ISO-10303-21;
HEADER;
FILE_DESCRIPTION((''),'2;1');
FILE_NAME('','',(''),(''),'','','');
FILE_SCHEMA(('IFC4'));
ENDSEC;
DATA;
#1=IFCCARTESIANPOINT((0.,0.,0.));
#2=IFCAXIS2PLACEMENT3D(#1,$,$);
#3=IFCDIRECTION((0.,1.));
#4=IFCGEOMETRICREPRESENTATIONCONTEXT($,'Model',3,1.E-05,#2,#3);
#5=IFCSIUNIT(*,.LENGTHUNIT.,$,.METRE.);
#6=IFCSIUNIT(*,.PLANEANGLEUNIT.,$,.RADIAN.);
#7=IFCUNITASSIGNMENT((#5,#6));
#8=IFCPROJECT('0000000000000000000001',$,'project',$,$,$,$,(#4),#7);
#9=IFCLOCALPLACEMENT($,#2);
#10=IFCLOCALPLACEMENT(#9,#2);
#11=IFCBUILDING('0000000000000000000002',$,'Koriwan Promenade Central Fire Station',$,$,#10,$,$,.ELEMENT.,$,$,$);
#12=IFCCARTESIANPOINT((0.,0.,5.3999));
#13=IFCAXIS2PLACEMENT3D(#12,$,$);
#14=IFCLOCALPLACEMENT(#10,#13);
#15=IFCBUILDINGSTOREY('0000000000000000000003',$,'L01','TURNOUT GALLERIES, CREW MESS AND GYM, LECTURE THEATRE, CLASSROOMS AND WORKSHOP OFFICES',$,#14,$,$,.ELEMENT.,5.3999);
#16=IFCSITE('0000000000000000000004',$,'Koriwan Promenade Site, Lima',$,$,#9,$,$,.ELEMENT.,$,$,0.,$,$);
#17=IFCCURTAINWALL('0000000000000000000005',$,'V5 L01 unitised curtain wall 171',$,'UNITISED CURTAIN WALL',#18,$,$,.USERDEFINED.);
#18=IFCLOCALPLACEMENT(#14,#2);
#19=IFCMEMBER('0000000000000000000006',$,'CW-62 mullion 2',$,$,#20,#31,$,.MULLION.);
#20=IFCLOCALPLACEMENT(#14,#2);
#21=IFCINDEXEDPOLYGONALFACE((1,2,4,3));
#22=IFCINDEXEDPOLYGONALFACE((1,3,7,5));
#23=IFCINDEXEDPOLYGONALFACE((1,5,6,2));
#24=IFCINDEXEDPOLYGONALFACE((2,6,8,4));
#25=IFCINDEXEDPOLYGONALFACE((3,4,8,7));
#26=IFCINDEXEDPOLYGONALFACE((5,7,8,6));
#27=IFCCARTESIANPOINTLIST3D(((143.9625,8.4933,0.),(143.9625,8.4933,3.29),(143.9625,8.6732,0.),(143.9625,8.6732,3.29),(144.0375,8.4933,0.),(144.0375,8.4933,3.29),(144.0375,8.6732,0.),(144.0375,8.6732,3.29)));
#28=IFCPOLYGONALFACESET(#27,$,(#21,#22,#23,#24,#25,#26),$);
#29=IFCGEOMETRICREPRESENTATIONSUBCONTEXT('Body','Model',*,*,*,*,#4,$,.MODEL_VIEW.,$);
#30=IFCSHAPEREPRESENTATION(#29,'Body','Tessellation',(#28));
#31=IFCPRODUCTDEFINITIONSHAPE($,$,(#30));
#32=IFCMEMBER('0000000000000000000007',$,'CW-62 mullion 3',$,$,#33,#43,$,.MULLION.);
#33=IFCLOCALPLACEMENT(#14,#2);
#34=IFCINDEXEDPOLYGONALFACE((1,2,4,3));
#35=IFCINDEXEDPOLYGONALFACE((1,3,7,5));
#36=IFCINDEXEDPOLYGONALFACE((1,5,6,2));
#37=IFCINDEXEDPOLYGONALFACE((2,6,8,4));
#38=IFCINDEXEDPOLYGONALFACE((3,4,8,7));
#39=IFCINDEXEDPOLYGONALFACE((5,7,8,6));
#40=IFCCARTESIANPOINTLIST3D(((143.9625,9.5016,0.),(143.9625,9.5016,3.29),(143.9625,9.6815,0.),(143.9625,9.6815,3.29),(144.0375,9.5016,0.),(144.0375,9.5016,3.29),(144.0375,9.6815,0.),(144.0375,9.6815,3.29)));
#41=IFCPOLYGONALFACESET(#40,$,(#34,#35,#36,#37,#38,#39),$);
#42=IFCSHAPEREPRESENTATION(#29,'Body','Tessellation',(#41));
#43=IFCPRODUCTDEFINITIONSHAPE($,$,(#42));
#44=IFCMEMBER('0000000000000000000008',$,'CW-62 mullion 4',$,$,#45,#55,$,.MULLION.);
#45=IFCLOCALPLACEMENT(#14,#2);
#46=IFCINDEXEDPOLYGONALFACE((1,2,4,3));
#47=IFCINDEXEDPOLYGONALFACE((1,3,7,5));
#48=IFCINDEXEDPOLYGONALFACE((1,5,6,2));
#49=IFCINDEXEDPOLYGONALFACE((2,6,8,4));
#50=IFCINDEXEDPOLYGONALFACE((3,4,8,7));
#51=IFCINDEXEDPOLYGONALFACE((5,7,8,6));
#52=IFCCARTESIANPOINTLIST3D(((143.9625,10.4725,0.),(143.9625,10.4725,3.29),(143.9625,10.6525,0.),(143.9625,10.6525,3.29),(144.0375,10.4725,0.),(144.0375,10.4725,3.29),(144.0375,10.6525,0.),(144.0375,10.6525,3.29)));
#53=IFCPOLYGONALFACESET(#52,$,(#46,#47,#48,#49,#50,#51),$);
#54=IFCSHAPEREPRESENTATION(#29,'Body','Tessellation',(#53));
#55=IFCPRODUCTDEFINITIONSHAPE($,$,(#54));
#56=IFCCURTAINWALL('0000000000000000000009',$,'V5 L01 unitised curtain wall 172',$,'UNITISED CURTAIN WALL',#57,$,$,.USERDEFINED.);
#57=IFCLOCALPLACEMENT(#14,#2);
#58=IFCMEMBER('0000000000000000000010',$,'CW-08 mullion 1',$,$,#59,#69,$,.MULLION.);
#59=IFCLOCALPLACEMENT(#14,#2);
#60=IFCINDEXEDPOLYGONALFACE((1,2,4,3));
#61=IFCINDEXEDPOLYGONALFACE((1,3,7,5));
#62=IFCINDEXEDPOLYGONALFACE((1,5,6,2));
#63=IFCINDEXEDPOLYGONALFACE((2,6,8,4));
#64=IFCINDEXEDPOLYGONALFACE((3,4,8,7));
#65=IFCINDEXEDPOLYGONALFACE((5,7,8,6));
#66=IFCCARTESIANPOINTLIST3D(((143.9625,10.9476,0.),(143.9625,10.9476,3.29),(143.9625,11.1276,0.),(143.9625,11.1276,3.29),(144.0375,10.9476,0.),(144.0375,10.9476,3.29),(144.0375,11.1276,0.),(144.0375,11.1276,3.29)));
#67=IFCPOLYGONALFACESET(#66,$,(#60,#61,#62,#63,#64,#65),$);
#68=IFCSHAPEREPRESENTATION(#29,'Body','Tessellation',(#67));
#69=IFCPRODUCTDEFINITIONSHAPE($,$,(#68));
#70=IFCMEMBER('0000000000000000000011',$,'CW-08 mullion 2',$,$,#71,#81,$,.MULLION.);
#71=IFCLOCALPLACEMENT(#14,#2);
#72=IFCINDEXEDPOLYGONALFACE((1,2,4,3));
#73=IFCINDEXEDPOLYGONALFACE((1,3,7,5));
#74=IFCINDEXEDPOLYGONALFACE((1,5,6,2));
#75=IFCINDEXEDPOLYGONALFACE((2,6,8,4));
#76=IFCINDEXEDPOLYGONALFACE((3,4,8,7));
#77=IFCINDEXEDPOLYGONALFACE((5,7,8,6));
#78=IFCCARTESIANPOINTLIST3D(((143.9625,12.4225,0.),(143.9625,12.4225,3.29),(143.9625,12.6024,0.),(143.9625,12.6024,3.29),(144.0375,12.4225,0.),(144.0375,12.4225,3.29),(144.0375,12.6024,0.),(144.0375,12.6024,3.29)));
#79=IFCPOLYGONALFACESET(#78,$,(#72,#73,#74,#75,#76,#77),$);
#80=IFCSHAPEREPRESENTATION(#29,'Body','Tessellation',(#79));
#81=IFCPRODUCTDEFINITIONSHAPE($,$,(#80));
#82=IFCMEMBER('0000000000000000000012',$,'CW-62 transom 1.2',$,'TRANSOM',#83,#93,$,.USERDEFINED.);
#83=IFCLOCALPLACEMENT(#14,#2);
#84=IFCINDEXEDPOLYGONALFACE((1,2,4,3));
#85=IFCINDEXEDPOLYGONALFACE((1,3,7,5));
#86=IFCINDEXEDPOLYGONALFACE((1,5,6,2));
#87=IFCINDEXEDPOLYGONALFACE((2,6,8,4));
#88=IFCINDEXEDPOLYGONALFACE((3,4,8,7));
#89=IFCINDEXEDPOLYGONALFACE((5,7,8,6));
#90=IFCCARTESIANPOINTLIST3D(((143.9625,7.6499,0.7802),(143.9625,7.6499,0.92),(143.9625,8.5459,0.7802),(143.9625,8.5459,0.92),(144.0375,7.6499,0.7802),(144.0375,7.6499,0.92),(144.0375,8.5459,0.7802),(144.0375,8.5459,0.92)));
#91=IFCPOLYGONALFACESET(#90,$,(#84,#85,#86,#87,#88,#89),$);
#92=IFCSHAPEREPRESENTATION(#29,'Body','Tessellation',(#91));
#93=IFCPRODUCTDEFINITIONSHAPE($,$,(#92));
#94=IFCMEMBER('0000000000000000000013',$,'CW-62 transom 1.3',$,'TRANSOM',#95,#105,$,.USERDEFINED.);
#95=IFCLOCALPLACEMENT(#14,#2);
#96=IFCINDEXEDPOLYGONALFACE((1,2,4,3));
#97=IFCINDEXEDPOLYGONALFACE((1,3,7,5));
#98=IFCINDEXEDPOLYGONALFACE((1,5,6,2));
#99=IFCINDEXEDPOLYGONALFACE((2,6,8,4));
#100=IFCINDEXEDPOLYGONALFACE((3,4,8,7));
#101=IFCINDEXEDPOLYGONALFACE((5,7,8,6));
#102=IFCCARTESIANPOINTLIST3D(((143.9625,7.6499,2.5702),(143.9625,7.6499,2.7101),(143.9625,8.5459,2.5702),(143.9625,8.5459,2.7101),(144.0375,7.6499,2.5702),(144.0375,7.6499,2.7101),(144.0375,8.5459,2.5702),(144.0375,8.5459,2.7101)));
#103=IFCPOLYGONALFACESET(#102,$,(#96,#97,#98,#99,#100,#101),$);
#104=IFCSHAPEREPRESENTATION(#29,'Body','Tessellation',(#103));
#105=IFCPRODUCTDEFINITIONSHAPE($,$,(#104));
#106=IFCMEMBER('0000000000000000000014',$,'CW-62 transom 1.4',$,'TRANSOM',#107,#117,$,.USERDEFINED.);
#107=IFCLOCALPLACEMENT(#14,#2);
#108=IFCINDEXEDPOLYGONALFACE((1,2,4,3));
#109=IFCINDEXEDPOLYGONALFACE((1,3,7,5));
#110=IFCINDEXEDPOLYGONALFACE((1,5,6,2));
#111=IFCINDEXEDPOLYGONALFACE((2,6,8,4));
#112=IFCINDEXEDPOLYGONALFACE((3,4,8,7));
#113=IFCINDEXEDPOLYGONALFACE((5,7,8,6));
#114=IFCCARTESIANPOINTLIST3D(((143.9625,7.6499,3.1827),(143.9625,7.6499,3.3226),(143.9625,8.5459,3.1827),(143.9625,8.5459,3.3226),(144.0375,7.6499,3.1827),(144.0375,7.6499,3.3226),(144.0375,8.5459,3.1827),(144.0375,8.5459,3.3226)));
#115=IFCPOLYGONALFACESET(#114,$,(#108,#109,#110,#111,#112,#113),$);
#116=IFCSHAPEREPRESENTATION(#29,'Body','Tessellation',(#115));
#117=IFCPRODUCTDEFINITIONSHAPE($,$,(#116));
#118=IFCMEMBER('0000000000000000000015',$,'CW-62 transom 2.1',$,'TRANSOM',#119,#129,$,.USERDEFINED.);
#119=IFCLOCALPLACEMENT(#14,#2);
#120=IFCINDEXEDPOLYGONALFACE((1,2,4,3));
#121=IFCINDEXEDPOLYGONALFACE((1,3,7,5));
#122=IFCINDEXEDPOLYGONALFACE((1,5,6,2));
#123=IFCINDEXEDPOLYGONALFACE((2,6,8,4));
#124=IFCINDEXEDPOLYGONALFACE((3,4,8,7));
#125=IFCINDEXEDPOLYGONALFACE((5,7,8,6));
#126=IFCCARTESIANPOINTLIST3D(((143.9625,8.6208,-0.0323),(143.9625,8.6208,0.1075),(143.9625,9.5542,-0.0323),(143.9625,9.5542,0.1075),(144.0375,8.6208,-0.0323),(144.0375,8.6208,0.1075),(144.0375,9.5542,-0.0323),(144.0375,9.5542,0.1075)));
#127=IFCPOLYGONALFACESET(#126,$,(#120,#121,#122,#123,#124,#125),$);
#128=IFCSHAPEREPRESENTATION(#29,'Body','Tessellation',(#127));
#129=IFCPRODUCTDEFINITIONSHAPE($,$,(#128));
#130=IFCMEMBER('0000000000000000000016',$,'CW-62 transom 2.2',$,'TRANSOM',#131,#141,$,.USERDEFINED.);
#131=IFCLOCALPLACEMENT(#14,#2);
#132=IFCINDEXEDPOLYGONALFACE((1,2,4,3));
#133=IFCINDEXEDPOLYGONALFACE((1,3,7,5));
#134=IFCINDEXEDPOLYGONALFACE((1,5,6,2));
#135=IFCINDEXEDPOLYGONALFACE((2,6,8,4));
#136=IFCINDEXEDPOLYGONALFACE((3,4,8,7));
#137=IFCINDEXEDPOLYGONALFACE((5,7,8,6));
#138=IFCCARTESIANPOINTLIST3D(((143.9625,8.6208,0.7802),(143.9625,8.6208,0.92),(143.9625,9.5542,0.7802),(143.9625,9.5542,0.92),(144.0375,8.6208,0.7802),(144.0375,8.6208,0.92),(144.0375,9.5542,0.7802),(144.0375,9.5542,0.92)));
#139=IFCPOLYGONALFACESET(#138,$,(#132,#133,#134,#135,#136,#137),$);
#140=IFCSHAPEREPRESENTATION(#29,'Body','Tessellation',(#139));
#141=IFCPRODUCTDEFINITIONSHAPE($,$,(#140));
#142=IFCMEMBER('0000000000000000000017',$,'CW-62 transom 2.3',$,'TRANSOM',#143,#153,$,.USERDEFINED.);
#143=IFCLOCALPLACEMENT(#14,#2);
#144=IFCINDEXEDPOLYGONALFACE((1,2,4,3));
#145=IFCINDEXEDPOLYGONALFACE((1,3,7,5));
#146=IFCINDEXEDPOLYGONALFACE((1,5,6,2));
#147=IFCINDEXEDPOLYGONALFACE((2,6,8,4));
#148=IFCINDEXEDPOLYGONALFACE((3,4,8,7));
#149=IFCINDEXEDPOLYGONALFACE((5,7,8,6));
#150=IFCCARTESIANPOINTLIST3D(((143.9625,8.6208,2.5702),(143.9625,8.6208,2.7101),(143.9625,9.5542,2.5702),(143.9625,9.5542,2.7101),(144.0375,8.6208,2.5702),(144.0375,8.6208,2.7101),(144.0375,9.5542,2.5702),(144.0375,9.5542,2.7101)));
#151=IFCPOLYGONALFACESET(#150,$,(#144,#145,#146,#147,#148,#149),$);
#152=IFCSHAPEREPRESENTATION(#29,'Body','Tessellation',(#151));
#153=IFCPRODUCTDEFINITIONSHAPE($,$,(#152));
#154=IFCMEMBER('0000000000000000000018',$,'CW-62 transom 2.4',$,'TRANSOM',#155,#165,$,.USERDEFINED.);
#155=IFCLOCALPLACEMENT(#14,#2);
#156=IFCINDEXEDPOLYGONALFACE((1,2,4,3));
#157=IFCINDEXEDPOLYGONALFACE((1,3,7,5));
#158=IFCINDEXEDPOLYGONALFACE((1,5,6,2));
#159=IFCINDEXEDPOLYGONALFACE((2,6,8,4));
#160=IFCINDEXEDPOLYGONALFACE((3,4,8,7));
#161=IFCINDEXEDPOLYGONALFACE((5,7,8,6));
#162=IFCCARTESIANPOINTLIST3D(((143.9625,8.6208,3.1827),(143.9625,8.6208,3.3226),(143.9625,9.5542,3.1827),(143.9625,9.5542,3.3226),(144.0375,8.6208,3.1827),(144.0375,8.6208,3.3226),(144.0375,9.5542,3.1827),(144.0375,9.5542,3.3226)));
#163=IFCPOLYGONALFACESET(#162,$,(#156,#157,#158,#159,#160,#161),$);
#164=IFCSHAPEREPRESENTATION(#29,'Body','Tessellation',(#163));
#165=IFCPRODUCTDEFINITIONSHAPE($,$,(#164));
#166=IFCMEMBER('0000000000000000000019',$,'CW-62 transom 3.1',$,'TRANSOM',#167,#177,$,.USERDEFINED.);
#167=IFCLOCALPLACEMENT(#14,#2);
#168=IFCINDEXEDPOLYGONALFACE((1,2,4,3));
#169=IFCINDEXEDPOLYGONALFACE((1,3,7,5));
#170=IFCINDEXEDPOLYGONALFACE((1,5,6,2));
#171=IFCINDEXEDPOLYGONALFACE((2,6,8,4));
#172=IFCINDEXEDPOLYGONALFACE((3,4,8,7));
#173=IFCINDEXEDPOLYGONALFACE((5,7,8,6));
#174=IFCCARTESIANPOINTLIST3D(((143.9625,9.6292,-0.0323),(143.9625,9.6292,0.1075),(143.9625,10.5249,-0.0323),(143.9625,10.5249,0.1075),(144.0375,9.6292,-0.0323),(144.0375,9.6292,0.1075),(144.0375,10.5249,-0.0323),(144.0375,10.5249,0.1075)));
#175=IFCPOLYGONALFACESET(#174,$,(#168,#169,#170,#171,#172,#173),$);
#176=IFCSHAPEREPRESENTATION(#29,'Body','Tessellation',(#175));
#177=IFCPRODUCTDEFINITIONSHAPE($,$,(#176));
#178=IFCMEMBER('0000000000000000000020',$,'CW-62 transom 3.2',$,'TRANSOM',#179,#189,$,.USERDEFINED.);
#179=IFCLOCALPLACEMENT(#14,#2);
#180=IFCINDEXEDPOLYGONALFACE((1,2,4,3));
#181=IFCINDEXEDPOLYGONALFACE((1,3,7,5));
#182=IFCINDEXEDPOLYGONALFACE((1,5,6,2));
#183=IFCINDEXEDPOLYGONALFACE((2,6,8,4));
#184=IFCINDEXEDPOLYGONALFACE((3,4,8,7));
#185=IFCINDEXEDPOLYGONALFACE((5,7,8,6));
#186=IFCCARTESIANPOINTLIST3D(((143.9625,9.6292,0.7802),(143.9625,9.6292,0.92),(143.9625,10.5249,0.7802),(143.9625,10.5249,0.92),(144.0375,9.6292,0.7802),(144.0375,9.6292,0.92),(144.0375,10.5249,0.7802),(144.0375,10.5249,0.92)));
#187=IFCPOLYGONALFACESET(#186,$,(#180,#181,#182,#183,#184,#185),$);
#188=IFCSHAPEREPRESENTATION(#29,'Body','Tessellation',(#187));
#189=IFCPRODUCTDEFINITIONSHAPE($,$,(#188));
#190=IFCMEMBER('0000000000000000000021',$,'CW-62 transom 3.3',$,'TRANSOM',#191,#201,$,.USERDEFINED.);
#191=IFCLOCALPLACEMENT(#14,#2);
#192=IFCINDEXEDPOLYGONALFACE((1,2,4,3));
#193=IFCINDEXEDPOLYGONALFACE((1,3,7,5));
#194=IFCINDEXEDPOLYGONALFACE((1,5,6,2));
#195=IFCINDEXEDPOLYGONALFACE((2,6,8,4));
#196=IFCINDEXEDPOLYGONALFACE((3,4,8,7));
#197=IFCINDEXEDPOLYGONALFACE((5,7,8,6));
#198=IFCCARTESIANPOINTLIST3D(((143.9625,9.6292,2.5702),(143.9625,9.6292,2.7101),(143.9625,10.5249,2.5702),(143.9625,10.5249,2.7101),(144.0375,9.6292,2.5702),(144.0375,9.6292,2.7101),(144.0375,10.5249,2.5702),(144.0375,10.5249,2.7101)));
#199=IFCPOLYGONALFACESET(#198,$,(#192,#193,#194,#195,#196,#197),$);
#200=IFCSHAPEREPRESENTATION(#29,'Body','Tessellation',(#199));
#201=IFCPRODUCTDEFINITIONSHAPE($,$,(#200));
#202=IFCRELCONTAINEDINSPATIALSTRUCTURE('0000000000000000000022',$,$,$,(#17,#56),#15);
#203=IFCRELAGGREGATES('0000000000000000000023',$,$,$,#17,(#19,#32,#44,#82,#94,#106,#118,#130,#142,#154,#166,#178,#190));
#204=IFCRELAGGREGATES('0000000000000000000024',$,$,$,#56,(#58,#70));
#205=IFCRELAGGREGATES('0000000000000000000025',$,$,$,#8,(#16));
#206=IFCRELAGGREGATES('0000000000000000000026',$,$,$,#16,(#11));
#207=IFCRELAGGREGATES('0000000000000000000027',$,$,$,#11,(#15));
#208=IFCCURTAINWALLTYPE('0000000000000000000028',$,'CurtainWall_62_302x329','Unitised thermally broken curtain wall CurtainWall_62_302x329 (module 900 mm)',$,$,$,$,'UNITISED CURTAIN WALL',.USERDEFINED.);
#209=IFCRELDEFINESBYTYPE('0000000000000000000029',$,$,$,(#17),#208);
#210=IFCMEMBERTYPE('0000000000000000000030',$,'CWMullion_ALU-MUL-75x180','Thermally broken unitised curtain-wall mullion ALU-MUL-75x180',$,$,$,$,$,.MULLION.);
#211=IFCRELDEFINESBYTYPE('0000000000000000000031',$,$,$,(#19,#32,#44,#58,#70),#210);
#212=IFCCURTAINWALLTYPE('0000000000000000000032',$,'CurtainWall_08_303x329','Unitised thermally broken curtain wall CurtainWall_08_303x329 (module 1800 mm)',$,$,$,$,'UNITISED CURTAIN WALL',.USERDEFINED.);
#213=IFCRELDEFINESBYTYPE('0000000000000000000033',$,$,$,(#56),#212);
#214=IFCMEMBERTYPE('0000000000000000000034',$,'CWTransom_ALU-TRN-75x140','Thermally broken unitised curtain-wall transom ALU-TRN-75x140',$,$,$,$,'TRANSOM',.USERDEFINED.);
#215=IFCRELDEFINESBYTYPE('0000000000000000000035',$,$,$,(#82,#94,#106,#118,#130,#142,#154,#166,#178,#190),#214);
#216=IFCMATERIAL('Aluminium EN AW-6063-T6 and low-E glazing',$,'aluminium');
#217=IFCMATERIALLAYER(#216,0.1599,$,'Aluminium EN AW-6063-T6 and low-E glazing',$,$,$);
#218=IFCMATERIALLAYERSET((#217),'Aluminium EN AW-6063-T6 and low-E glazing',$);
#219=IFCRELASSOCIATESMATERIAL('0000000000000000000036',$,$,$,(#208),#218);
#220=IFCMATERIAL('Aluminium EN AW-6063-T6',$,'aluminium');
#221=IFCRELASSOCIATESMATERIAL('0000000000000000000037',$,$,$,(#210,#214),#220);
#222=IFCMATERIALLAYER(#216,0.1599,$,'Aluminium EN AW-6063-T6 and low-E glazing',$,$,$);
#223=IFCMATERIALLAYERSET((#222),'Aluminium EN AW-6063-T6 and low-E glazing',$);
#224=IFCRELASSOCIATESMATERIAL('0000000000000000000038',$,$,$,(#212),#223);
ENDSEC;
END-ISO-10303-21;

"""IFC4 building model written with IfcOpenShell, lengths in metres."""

from ifc_helpers import new_model, si_unit, direction, frame, origin, origin_2d, place, context, subcontext, project, spatial, rectangle, extrude, material, layer, layer_set, material_profile, profile_set, type_object, element, aggregate, save


model = new_model("IFC4")

# Units and contexts
model_context = context("Model", 3, precision=1e-05, world=origin(), true_north=direction((0.0, 1.0)))
body_context = subcontext(model_context, "Body", "Model", "MODEL_VIEW")
ifc_project = project(units=[si_unit("LENGTHUNIT", "METRE"), si_unit("PLANEANGLEUNIT", "RADIAN")], contexts=[model_context])

# Site, building, storey
site_placement = place(None, origin())
site = spatial("IfcSite", under=ifc_project, at=site_placement, Name="Koriwan Promenade Site, Lima", CompositionType="ELEMENT", RefElevation=0.0)
building_placement = place(site_placement, origin())
building = spatial("IfcBuilding", under=site, at=building_placement, Name="Koriwan Promenade Central Fire Station", CompositionType="ELEMENT")
storey_placement = place(building_placement, frame((0.0, 0.0, 5.3999)))
storey = spatial("IfcBuildingStorey", under=building, at=storey_placement, Name="L01", Description="TURNOUT GALLERIES, CREW MESS AND GYM, LECTURE THEATRE, CLASSROOMS AND WORKSHOP OFFICES", CompositionType="ELEMENT", Elevation=5.3999)

# Curtain walls, members
ifc_material_1 = material(Name="Aluminium EN AW-6063-T6 and low-E glazing", Category="aluminium")
ifc_layer_1 = layer(ifc_material_1, 0.1599, Name="Aluminium EN AW-6063-T6 and low-E glazing")
ifc_layer_set_1 = layer_set([ifc_layer_1], Name="Aluminium EN AW-6063-T6 and low-E glazing")
curtain_wall_type_1 = type_object("IfcCurtainWallType", Name="CurtainWall_62_302x329", Description="Unitised thermally broken curtain wall CurtainWall_62_302x329 (module 900 mm)", ElementType="UNITISED CURTAIN WALL", PredefinedType="USERDEFINED", material=ifc_layer_set_1)
curtain_wall_1_placement = place(storey_placement, origin())
curtain_wall_1 = element("IfcCurtainWall", 1, at=curtain_wall_1_placement, inside=storey, type_object=curtain_wall_type_1, Name="V5 L01 unitised curtain wall 171", ObjectType="UNITISED CURTAIN WALL", PredefinedType="USERDEFINED")
ifc_material_2 = material(Name="Aluminium EN AW-6063-T6", Category="aluminium")
ifc_material_profile_1 = material_profile(ifc_material_2, rectangle(XDim=0.075, YDim=0.1799, at=origin_2d()), Name="ALU-MUL-75x180")
ifc_profile_set_1 = profile_set([ifc_material_profile_1], Name="Aluminium EN AW-6063-T6")
member_type_1 = type_object("IfcMemberType", Name="CWMullion_ALU-MUL-75x180", Description="Thermally broken unitised curtain-wall mullion ALU-MUL-75x180", PredefinedType="MULLION", material=ifc_profile_set_1)
member_1_placement = place(storey_placement, frame((144.0, 8.5833, 0.0), z_axis=(0.0, 0.0, 1.0), x_axis=(-1.0, 0.0, 0.0)))
member_1 = element("IfcMember", 2, at=member_1_placement, type_object=member_type_1, Name="CW-62 mullion 2", PredefinedType="MULLION", context=body_context, shape_type="SweptSolid", body=[
    extrude(rectangle(XDim=0.075, YDim=0.1799, at=origin_2d()), origin(), (0.0, 0.0, 1.0), 3.29),
])
member_2_placement = place(storey_placement, frame((144.0, 9.5916, 0.0), z_axis=(0.0, 0.0, 1.0), x_axis=(-1.0, 0.0, 0.0)))
member_2 = element("IfcMember", 3, at=member_2_placement, type_object=member_type_1, Name="CW-62 mullion 3", PredefinedType="MULLION", context=body_context, shape_type="SweptSolid", body=[
    extrude(rectangle(XDim=0.075, YDim=0.1799, at=origin_2d()), origin(), (0.0, 0.0, 1.0), 3.29),
])
member_3_placement = place(storey_placement, frame((144.0, 10.5625, 0.0), z_axis=(0.0, 0.0, 1.0), x_axis=(-1.0, 0.0, 0.0)))
member_3 = element("IfcMember", 4, at=member_3_placement, type_object=member_type_1, Name="CW-62 mullion 4", PredefinedType="MULLION", context=body_context, shape_type="SweptSolid", body=[
    extrude(rectangle(XDim=0.075, YDim=0.1799, at=origin_2d()), origin(), (0.0, 0.0, 1.0), 3.29),
])
ifc_layer_2 = layer(ifc_material_1, 0.1599, Name="Aluminium EN AW-6063-T6 and low-E glazing")
ifc_layer_set_2 = layer_set([ifc_layer_2], Name="Aluminium EN AW-6063-T6 and low-E glazing")
curtain_wall_type_2 = type_object("IfcCurtainWallType", Name="CurtainWall_08_303x329", Description="Unitised thermally broken curtain wall CurtainWall_08_303x329 (module 1800 mm)", ElementType="UNITISED CURTAIN WALL", PredefinedType="USERDEFINED", material=ifc_layer_set_2)
curtain_wall_2_placement = place(storey_placement, origin())
curtain_wall_2 = element("IfcCurtainWall", 5, at=curtain_wall_2_placement, inside=storey, type_object=curtain_wall_type_2, Name="V5 L01 unitised curtain wall 172", ObjectType="UNITISED CURTAIN WALL", PredefinedType="USERDEFINED")
member_4_placement = place(storey_placement, frame((144.0, 11.0376, 0.0), z_axis=(0.0, 0.0, 1.0), x_axis=(-1.0, 0.0, 0.0)))
member_4 = element("IfcMember", 6, at=member_4_placement, type_object=member_type_1, Name="CW-08 mullion 1", PredefinedType="MULLION", context=body_context, shape_type="SweptSolid", body=[
    extrude(rectangle(XDim=0.075, YDim=0.1799, at=origin_2d()), origin(), (0.0, 0.0, 1.0), 3.29),
])
member_5_placement = place(storey_placement, frame((144.0, 12.5125, 0.0), z_axis=(0.0, 0.0, 1.0), x_axis=(-1.0, 0.0, 0.0)))
member_5 = element("IfcMember", 7, at=member_5_placement, type_object=member_type_1, Name="CW-08 mullion 2", PredefinedType="MULLION", context=body_context, shape_type="SweptSolid", body=[
    extrude(rectangle(XDim=0.075, YDim=0.1799, at=origin_2d()), origin(), (0.0, 0.0, 1.0), 3.29),
])

# Members
ifc_material_profile_2 = material_profile(ifc_material_2, rectangle(XDim=0.075, YDim=0.1399, at=origin_2d()), Name="ALU-TRN-75x140")
ifc_profile_set_2 = profile_set([ifc_material_profile_2], Name="Aluminium EN AW-6063-T6")
member_type_2 = type_object("IfcMemberType", Name="CWTransom_ALU-TRN-75x140", Description="Thermally broken unitised curtain-wall transom ALU-TRN-75x140", ElementType="TRANSOM", PredefinedType="USERDEFINED", material=ifc_profile_set_2)
member_6_placement = place(storey_placement, frame((144.0, 7.6499, 0.8501), z_axis=(0.0, 1.0, 0.0), x_axis=(-1.0, 0.0, 0.0)))
member_6 = element("IfcMember", 8, at=member_6_placement, type_object=member_type_2, Name="CW-62 transom 1.2", ObjectType="TRANSOM", PredefinedType="USERDEFINED", context=body_context, shape_type="SweptSolid", body=[
    extrude(rectangle(XDim=0.075, YDim=0.1399, at=origin_2d()), origin(), (0.0, 0.0, 1.0), 0.896),
])
member_7_placement = place(storey_placement, frame((144.0, 7.6499, 2.6401), z_axis=(0.0, 1.0, 0.0), x_axis=(-1.0, 0.0, 0.0)))
member_7 = element("IfcMember", 9, at=member_7_placement, type_object=member_type_2, Name="CW-62 transom 1.3", ObjectType="TRANSOM", PredefinedType="USERDEFINED", context=body_context, shape_type="SweptSolid", body=[
    extrude(rectangle(XDim=0.075, YDim=0.1399, at=origin_2d()), origin(), (0.0, 0.0, 1.0), 0.896),
])
member_8_placement = place(storey_placement, frame((144.0, 7.6499, 3.2527), z_axis=(0.0, 1.0, 0.0), x_axis=(-1.0, 0.0, 0.0)))
member_8 = element("IfcMember", 10, at=member_8_placement, type_object=member_type_2, Name="CW-62 transom 1.4", ObjectType="TRANSOM", PredefinedType="USERDEFINED", context=body_context, shape_type="SweptSolid", body=[
    extrude(rectangle(XDim=0.075, YDim=0.1399, at=origin_2d()), origin(), (0.0, 0.0, 1.0), 0.896),
])
member_9_placement = place(storey_placement, frame((144.0, 8.6208, 0.0376), z_axis=(0.0, 1.0, 0.0), x_axis=(-1.0, 0.0, 0.0)))
member_9 = element("IfcMember", 11, at=member_9_placement, type_object=member_type_2, Name="CW-62 transom 2.1", ObjectType="TRANSOM", PredefinedType="USERDEFINED", context=body_context, shape_type="SweptSolid", body=[
    extrude(rectangle(XDim=0.075, YDim=0.1399, at=origin_2d()), origin(), (0.0, 0.0, 1.0), 0.9333),
])
member_10_placement = place(storey_placement, frame((144.0, 8.6208, 0.8501), z_axis=(0.0, 1.0, 0.0), x_axis=(-1.0, 0.0, 0.0)))
member_10 = element("IfcMember", 12, at=member_10_placement, type_object=member_type_2, Name="CW-62 transom 2.2", ObjectType="TRANSOM", PredefinedType="USERDEFINED", context=body_context, shape_type="SweptSolid", body=[
    extrude(rectangle(XDim=0.075, YDim=0.1399, at=origin_2d()), origin(), (0.0, 0.0, 1.0), 0.9333),
])
member_11_placement = place(storey_placement, frame((144.0, 8.6208, 2.6401), z_axis=(0.0, 1.0, 0.0), x_axis=(-1.0, 0.0, 0.0)))
member_11 = element("IfcMember", 13, at=member_11_placement, type_object=member_type_2, Name="CW-62 transom 2.3", ObjectType="TRANSOM", PredefinedType="USERDEFINED", context=body_context, shape_type="SweptSolid", body=[
    extrude(rectangle(XDim=0.075, YDim=0.1399, at=origin_2d()), origin(), (0.0, 0.0, 1.0), 0.9333),
])
member_12_placement = place(storey_placement, frame((144.0, 8.6208, 3.2527), z_axis=(0.0, 1.0, 0.0), x_axis=(-1.0, 0.0, 0.0)))
member_12 = element("IfcMember", 14, at=member_12_placement, type_object=member_type_2, Name="CW-62 transom 2.4", ObjectType="TRANSOM", PredefinedType="USERDEFINED", context=body_context, shape_type="SweptSolid", body=[
    extrude(rectangle(XDim=0.075, YDim=0.1399, at=origin_2d()), origin(), (0.0, 0.0, 1.0), 0.9333),
])
member_13_placement = place(storey_placement, frame((144.0, 9.6292, 0.0376), z_axis=(0.0, 1.0, 0.0), x_axis=(-1.0, 0.0, 0.0)))
member_13 = element("IfcMember", 15, at=member_13_placement, type_object=member_type_2, Name="CW-62 transom 3.1", ObjectType="TRANSOM", PredefinedType="USERDEFINED", context=body_context, shape_type="SweptSolid", body=[
    extrude(rectangle(XDim=0.075, YDim=0.1399, at=origin_2d()), origin(), (0.0, 0.0, 1.0), 0.8958),
])
member_14_placement = place(storey_placement, frame((144.0, 9.6292, 0.8501), z_axis=(0.0, 1.0, 0.0), x_axis=(-1.0, 0.0, 0.0)))
member_14 = element("IfcMember", 16, at=member_14_placement, type_object=member_type_2, Name="CW-62 transom 3.2", ObjectType="TRANSOM", PredefinedType="USERDEFINED", context=body_context, shape_type="SweptSolid", body=[
    extrude(rectangle(XDim=0.075, YDim=0.1399, at=origin_2d()), origin(), (0.0, 0.0, 1.0), 0.8958),
])
member_15_placement = place(storey_placement, frame((144.0, 9.6292, 2.6401), z_axis=(0.0, 1.0, 0.0), x_axis=(-1.0, 0.0, 0.0)))
member_15 = element("IfcMember", 17, at=member_15_placement, type_object=member_type_2, Name="CW-62 transom 3.3", ObjectType="TRANSOM", PredefinedType="USERDEFINED", context=body_context, shape_type="SweptSolid", body=[
    extrude(rectangle(XDim=0.075, YDim=0.1399, at=origin_2d()), origin(), (0.0, 0.0, 1.0), 0.8958),
])

aggregate(curtain_wall_1, [member_1, member_2, member_3, member_6, member_7, member_8, member_9, member_10, member_11, member_12, member_13, member_14, member_15])
aggregate(curtain_wall_2, [member_4, member_5])

save(model, "model.ifc")
